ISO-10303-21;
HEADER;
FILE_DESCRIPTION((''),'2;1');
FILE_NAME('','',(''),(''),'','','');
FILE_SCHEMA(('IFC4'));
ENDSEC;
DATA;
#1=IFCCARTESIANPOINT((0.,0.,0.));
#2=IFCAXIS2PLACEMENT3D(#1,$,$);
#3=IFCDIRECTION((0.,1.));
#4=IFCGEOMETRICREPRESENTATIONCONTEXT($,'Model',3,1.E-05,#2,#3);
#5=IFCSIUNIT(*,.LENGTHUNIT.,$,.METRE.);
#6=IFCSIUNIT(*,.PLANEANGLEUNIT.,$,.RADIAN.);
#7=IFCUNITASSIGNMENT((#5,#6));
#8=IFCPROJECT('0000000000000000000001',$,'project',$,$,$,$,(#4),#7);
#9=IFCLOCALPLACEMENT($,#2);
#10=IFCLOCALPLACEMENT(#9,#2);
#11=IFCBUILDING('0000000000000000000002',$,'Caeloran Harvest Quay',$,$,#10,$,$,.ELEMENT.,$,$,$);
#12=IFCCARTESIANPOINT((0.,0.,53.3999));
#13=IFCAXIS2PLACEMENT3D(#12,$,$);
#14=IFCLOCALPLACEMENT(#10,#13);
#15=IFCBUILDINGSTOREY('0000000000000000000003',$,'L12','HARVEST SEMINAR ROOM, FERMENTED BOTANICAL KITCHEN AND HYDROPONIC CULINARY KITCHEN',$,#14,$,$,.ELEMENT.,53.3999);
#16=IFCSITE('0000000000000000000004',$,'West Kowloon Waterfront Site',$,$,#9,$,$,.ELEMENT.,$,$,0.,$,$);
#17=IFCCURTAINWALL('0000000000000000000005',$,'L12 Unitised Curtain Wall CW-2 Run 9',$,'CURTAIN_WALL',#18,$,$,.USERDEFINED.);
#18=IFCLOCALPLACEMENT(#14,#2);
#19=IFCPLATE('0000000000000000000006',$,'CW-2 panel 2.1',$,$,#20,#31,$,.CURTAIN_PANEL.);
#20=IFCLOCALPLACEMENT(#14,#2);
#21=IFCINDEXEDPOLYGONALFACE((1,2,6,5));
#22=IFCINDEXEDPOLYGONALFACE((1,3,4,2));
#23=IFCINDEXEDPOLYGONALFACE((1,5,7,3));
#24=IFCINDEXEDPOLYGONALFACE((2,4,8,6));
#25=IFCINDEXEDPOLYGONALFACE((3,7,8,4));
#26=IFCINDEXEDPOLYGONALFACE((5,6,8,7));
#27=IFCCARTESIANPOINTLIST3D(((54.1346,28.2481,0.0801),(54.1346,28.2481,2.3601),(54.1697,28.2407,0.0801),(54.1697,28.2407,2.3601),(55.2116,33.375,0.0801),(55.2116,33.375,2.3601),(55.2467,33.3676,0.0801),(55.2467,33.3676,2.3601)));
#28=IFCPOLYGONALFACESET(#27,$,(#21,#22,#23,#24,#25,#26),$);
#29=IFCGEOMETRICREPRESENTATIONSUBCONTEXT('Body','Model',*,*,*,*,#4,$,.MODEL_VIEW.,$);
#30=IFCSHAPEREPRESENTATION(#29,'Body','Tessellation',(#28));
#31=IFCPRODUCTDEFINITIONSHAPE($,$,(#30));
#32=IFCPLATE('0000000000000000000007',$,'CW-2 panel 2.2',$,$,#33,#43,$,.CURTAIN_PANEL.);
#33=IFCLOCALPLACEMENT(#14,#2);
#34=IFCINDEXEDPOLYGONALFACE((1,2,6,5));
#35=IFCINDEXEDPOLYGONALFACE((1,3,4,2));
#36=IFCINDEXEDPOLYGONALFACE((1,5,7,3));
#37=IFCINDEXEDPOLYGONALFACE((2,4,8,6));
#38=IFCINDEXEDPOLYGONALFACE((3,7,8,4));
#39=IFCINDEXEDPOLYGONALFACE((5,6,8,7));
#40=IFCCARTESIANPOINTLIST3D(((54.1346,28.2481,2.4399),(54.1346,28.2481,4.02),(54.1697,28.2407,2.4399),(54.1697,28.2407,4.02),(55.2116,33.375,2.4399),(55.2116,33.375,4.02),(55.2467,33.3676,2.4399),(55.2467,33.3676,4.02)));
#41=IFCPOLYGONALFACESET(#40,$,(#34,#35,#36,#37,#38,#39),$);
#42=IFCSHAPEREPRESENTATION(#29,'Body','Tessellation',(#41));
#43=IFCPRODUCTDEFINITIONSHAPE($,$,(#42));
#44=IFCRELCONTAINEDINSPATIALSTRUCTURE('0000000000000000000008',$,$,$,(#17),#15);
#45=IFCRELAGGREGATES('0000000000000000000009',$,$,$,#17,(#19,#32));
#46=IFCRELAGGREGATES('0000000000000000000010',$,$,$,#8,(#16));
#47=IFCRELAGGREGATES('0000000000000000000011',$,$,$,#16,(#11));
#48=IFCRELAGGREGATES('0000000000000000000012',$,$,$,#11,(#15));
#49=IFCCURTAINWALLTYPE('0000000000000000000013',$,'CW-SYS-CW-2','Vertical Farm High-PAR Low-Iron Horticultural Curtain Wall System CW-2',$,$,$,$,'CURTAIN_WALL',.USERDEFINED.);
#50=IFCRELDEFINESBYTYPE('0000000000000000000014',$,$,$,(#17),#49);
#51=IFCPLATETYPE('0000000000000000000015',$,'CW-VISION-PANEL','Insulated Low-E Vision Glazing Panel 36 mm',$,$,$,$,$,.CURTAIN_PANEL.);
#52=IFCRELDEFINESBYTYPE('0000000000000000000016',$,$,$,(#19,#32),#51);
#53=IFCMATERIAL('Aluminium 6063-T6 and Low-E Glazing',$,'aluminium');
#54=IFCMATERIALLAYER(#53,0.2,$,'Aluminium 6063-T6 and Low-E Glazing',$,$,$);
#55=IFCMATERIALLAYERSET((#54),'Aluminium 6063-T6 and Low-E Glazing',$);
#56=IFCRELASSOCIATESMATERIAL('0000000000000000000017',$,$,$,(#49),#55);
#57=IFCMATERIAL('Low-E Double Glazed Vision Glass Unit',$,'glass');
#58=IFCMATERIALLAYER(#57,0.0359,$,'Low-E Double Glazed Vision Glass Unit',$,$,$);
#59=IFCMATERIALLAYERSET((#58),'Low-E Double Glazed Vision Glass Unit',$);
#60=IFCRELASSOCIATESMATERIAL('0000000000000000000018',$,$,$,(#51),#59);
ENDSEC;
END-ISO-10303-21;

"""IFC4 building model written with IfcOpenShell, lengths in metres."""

from ifc_helpers import new_model, si_unit, direction, frame, origin, origin_2d, place, context, subcontext, project, spatial, rectangle, extrude, material, layer, layer_set, type_object, element, aggregate, save


model = new_model("IFC4")

# Units and contexts
model_context = context("Model", 3, precision=1e-05, world=origin(), true_north=direction((0.0, 1.0)))
body_context = subcontext(model_context, "Body", "Model", "MODEL_VIEW")
ifc_project = project(units=[si_unit("LENGTHUNIT", "METRE"), si_unit("PLANEANGLEUNIT", "RADIAN")], contexts=[model_context])

# Site, building, storey
site_placement = place(None, origin())
site = spatial("IfcSite", under=ifc_project, at=site_placement, Name="West Kowloon Waterfront Site", CompositionType="ELEMENT", RefElevation=0.0)
building_placement = place(site_placement, origin())
building = spatial("IfcBuilding", under=site, at=building_placement, Name="Caeloran Harvest Quay", CompositionType="ELEMENT")
storey_placement = place(building_placement, frame((0.0, 0.0, 53.3999)))
storey = spatial("IfcBuildingStorey", under=building, at=storey_placement, Name="L12", Description="HARVEST SEMINAR ROOM, FERMENTED BOTANICAL KITCHEN AND HYDROPONIC CULINARY KITCHEN", CompositionType="ELEMENT", Elevation=53.3999)

# Curtain wall, plates
ifc_material_1 = material(Name="Aluminium 6063-T6 and Low-E Glazing", Category="aluminium")
ifc_layer_1 = layer(ifc_material_1, 0.2, Name="Aluminium 6063-T6 and Low-E Glazing")
ifc_layer_set_1 = layer_set([ifc_layer_1], Name="Aluminium 6063-T6 and Low-E Glazing")
curtain_wall_type = type_object("IfcCurtainWallType", Name="CW-SYS-CW-2", Description="Vertical Farm High-PAR Low-Iron Horticultural Curtain Wall System CW-2", ElementType="CURTAIN_WALL", PredefinedType="USERDEFINED", material=ifc_layer_set_1)
curtain_wall_placement = place(storey_placement, origin())
curtain_wall = element("IfcCurtainWall", 1, at=curtain_wall_placement, inside=storey, type_object=curtain_wall_type, Name="L12 Unitised Curtain Wall CW-2 Run 9", ObjectType="CURTAIN_WALL", PredefinedType="USERDEFINED")
ifc_material_2 = material(Name="Low-E Double Glazed Vision Glass Unit", Category="glass")
ifc_layer_2 = layer(ifc_material_2, 0.0359, Name="Low-E Double Glazed Vision Glass Unit")
ifc_layer_set_2 = layer_set([ifc_layer_2], Name="Low-E Double Glazed Vision Glass Unit")
plate_type = type_object("IfcPlateType", Name="CW-VISION-PANEL", Description="Insulated Low-E Vision Glazing Panel 36 mm", PredefinedType="CURTAIN_PANEL", material=ifc_layer_set_2)
plate_1_placement = place(storey_placement, frame((54.6907, 30.8079, 0.0801), z_axis=(0.0, 0.0, 1.0), x_axis=(-0.205583, -0.97864, 0.0)))
plate_1 = element("IfcPlate", 2, at=plate_1_placement, type_object=plate_type, Name="CW-2 panel 2.1", PredefinedType="CURTAIN_PANEL", context=body_context, shape_type="SweptSolid", body=[
    extrude(rectangle(XDim=5.2388, YDim=0.0359, at=origin_2d()), origin(), (0.0, 0.0, 1.0), 2.28),
])
plate_2_placement = place(storey_placement, frame((54.6907, 30.8079, 2.4399), z_axis=(0.0, 0.0, 1.0), x_axis=(-0.205583, -0.97864, 0.0)))
plate_2 = element("IfcPlate", 3, at=plate_2_placement, type_object=plate_type, Name="CW-2 panel 2.2", PredefinedType="CURTAIN_PANEL", context=body_context, shape_type="SweptSolid", body=[
    extrude(rectangle(XDim=5.2388, YDim=0.0359, at=origin_2d()), origin(), (0.0, 0.0, 1.0), 1.5801),
])
aggregate(curtain_wall, [plate_1, plate_2])

save(model, "model.ifc")
